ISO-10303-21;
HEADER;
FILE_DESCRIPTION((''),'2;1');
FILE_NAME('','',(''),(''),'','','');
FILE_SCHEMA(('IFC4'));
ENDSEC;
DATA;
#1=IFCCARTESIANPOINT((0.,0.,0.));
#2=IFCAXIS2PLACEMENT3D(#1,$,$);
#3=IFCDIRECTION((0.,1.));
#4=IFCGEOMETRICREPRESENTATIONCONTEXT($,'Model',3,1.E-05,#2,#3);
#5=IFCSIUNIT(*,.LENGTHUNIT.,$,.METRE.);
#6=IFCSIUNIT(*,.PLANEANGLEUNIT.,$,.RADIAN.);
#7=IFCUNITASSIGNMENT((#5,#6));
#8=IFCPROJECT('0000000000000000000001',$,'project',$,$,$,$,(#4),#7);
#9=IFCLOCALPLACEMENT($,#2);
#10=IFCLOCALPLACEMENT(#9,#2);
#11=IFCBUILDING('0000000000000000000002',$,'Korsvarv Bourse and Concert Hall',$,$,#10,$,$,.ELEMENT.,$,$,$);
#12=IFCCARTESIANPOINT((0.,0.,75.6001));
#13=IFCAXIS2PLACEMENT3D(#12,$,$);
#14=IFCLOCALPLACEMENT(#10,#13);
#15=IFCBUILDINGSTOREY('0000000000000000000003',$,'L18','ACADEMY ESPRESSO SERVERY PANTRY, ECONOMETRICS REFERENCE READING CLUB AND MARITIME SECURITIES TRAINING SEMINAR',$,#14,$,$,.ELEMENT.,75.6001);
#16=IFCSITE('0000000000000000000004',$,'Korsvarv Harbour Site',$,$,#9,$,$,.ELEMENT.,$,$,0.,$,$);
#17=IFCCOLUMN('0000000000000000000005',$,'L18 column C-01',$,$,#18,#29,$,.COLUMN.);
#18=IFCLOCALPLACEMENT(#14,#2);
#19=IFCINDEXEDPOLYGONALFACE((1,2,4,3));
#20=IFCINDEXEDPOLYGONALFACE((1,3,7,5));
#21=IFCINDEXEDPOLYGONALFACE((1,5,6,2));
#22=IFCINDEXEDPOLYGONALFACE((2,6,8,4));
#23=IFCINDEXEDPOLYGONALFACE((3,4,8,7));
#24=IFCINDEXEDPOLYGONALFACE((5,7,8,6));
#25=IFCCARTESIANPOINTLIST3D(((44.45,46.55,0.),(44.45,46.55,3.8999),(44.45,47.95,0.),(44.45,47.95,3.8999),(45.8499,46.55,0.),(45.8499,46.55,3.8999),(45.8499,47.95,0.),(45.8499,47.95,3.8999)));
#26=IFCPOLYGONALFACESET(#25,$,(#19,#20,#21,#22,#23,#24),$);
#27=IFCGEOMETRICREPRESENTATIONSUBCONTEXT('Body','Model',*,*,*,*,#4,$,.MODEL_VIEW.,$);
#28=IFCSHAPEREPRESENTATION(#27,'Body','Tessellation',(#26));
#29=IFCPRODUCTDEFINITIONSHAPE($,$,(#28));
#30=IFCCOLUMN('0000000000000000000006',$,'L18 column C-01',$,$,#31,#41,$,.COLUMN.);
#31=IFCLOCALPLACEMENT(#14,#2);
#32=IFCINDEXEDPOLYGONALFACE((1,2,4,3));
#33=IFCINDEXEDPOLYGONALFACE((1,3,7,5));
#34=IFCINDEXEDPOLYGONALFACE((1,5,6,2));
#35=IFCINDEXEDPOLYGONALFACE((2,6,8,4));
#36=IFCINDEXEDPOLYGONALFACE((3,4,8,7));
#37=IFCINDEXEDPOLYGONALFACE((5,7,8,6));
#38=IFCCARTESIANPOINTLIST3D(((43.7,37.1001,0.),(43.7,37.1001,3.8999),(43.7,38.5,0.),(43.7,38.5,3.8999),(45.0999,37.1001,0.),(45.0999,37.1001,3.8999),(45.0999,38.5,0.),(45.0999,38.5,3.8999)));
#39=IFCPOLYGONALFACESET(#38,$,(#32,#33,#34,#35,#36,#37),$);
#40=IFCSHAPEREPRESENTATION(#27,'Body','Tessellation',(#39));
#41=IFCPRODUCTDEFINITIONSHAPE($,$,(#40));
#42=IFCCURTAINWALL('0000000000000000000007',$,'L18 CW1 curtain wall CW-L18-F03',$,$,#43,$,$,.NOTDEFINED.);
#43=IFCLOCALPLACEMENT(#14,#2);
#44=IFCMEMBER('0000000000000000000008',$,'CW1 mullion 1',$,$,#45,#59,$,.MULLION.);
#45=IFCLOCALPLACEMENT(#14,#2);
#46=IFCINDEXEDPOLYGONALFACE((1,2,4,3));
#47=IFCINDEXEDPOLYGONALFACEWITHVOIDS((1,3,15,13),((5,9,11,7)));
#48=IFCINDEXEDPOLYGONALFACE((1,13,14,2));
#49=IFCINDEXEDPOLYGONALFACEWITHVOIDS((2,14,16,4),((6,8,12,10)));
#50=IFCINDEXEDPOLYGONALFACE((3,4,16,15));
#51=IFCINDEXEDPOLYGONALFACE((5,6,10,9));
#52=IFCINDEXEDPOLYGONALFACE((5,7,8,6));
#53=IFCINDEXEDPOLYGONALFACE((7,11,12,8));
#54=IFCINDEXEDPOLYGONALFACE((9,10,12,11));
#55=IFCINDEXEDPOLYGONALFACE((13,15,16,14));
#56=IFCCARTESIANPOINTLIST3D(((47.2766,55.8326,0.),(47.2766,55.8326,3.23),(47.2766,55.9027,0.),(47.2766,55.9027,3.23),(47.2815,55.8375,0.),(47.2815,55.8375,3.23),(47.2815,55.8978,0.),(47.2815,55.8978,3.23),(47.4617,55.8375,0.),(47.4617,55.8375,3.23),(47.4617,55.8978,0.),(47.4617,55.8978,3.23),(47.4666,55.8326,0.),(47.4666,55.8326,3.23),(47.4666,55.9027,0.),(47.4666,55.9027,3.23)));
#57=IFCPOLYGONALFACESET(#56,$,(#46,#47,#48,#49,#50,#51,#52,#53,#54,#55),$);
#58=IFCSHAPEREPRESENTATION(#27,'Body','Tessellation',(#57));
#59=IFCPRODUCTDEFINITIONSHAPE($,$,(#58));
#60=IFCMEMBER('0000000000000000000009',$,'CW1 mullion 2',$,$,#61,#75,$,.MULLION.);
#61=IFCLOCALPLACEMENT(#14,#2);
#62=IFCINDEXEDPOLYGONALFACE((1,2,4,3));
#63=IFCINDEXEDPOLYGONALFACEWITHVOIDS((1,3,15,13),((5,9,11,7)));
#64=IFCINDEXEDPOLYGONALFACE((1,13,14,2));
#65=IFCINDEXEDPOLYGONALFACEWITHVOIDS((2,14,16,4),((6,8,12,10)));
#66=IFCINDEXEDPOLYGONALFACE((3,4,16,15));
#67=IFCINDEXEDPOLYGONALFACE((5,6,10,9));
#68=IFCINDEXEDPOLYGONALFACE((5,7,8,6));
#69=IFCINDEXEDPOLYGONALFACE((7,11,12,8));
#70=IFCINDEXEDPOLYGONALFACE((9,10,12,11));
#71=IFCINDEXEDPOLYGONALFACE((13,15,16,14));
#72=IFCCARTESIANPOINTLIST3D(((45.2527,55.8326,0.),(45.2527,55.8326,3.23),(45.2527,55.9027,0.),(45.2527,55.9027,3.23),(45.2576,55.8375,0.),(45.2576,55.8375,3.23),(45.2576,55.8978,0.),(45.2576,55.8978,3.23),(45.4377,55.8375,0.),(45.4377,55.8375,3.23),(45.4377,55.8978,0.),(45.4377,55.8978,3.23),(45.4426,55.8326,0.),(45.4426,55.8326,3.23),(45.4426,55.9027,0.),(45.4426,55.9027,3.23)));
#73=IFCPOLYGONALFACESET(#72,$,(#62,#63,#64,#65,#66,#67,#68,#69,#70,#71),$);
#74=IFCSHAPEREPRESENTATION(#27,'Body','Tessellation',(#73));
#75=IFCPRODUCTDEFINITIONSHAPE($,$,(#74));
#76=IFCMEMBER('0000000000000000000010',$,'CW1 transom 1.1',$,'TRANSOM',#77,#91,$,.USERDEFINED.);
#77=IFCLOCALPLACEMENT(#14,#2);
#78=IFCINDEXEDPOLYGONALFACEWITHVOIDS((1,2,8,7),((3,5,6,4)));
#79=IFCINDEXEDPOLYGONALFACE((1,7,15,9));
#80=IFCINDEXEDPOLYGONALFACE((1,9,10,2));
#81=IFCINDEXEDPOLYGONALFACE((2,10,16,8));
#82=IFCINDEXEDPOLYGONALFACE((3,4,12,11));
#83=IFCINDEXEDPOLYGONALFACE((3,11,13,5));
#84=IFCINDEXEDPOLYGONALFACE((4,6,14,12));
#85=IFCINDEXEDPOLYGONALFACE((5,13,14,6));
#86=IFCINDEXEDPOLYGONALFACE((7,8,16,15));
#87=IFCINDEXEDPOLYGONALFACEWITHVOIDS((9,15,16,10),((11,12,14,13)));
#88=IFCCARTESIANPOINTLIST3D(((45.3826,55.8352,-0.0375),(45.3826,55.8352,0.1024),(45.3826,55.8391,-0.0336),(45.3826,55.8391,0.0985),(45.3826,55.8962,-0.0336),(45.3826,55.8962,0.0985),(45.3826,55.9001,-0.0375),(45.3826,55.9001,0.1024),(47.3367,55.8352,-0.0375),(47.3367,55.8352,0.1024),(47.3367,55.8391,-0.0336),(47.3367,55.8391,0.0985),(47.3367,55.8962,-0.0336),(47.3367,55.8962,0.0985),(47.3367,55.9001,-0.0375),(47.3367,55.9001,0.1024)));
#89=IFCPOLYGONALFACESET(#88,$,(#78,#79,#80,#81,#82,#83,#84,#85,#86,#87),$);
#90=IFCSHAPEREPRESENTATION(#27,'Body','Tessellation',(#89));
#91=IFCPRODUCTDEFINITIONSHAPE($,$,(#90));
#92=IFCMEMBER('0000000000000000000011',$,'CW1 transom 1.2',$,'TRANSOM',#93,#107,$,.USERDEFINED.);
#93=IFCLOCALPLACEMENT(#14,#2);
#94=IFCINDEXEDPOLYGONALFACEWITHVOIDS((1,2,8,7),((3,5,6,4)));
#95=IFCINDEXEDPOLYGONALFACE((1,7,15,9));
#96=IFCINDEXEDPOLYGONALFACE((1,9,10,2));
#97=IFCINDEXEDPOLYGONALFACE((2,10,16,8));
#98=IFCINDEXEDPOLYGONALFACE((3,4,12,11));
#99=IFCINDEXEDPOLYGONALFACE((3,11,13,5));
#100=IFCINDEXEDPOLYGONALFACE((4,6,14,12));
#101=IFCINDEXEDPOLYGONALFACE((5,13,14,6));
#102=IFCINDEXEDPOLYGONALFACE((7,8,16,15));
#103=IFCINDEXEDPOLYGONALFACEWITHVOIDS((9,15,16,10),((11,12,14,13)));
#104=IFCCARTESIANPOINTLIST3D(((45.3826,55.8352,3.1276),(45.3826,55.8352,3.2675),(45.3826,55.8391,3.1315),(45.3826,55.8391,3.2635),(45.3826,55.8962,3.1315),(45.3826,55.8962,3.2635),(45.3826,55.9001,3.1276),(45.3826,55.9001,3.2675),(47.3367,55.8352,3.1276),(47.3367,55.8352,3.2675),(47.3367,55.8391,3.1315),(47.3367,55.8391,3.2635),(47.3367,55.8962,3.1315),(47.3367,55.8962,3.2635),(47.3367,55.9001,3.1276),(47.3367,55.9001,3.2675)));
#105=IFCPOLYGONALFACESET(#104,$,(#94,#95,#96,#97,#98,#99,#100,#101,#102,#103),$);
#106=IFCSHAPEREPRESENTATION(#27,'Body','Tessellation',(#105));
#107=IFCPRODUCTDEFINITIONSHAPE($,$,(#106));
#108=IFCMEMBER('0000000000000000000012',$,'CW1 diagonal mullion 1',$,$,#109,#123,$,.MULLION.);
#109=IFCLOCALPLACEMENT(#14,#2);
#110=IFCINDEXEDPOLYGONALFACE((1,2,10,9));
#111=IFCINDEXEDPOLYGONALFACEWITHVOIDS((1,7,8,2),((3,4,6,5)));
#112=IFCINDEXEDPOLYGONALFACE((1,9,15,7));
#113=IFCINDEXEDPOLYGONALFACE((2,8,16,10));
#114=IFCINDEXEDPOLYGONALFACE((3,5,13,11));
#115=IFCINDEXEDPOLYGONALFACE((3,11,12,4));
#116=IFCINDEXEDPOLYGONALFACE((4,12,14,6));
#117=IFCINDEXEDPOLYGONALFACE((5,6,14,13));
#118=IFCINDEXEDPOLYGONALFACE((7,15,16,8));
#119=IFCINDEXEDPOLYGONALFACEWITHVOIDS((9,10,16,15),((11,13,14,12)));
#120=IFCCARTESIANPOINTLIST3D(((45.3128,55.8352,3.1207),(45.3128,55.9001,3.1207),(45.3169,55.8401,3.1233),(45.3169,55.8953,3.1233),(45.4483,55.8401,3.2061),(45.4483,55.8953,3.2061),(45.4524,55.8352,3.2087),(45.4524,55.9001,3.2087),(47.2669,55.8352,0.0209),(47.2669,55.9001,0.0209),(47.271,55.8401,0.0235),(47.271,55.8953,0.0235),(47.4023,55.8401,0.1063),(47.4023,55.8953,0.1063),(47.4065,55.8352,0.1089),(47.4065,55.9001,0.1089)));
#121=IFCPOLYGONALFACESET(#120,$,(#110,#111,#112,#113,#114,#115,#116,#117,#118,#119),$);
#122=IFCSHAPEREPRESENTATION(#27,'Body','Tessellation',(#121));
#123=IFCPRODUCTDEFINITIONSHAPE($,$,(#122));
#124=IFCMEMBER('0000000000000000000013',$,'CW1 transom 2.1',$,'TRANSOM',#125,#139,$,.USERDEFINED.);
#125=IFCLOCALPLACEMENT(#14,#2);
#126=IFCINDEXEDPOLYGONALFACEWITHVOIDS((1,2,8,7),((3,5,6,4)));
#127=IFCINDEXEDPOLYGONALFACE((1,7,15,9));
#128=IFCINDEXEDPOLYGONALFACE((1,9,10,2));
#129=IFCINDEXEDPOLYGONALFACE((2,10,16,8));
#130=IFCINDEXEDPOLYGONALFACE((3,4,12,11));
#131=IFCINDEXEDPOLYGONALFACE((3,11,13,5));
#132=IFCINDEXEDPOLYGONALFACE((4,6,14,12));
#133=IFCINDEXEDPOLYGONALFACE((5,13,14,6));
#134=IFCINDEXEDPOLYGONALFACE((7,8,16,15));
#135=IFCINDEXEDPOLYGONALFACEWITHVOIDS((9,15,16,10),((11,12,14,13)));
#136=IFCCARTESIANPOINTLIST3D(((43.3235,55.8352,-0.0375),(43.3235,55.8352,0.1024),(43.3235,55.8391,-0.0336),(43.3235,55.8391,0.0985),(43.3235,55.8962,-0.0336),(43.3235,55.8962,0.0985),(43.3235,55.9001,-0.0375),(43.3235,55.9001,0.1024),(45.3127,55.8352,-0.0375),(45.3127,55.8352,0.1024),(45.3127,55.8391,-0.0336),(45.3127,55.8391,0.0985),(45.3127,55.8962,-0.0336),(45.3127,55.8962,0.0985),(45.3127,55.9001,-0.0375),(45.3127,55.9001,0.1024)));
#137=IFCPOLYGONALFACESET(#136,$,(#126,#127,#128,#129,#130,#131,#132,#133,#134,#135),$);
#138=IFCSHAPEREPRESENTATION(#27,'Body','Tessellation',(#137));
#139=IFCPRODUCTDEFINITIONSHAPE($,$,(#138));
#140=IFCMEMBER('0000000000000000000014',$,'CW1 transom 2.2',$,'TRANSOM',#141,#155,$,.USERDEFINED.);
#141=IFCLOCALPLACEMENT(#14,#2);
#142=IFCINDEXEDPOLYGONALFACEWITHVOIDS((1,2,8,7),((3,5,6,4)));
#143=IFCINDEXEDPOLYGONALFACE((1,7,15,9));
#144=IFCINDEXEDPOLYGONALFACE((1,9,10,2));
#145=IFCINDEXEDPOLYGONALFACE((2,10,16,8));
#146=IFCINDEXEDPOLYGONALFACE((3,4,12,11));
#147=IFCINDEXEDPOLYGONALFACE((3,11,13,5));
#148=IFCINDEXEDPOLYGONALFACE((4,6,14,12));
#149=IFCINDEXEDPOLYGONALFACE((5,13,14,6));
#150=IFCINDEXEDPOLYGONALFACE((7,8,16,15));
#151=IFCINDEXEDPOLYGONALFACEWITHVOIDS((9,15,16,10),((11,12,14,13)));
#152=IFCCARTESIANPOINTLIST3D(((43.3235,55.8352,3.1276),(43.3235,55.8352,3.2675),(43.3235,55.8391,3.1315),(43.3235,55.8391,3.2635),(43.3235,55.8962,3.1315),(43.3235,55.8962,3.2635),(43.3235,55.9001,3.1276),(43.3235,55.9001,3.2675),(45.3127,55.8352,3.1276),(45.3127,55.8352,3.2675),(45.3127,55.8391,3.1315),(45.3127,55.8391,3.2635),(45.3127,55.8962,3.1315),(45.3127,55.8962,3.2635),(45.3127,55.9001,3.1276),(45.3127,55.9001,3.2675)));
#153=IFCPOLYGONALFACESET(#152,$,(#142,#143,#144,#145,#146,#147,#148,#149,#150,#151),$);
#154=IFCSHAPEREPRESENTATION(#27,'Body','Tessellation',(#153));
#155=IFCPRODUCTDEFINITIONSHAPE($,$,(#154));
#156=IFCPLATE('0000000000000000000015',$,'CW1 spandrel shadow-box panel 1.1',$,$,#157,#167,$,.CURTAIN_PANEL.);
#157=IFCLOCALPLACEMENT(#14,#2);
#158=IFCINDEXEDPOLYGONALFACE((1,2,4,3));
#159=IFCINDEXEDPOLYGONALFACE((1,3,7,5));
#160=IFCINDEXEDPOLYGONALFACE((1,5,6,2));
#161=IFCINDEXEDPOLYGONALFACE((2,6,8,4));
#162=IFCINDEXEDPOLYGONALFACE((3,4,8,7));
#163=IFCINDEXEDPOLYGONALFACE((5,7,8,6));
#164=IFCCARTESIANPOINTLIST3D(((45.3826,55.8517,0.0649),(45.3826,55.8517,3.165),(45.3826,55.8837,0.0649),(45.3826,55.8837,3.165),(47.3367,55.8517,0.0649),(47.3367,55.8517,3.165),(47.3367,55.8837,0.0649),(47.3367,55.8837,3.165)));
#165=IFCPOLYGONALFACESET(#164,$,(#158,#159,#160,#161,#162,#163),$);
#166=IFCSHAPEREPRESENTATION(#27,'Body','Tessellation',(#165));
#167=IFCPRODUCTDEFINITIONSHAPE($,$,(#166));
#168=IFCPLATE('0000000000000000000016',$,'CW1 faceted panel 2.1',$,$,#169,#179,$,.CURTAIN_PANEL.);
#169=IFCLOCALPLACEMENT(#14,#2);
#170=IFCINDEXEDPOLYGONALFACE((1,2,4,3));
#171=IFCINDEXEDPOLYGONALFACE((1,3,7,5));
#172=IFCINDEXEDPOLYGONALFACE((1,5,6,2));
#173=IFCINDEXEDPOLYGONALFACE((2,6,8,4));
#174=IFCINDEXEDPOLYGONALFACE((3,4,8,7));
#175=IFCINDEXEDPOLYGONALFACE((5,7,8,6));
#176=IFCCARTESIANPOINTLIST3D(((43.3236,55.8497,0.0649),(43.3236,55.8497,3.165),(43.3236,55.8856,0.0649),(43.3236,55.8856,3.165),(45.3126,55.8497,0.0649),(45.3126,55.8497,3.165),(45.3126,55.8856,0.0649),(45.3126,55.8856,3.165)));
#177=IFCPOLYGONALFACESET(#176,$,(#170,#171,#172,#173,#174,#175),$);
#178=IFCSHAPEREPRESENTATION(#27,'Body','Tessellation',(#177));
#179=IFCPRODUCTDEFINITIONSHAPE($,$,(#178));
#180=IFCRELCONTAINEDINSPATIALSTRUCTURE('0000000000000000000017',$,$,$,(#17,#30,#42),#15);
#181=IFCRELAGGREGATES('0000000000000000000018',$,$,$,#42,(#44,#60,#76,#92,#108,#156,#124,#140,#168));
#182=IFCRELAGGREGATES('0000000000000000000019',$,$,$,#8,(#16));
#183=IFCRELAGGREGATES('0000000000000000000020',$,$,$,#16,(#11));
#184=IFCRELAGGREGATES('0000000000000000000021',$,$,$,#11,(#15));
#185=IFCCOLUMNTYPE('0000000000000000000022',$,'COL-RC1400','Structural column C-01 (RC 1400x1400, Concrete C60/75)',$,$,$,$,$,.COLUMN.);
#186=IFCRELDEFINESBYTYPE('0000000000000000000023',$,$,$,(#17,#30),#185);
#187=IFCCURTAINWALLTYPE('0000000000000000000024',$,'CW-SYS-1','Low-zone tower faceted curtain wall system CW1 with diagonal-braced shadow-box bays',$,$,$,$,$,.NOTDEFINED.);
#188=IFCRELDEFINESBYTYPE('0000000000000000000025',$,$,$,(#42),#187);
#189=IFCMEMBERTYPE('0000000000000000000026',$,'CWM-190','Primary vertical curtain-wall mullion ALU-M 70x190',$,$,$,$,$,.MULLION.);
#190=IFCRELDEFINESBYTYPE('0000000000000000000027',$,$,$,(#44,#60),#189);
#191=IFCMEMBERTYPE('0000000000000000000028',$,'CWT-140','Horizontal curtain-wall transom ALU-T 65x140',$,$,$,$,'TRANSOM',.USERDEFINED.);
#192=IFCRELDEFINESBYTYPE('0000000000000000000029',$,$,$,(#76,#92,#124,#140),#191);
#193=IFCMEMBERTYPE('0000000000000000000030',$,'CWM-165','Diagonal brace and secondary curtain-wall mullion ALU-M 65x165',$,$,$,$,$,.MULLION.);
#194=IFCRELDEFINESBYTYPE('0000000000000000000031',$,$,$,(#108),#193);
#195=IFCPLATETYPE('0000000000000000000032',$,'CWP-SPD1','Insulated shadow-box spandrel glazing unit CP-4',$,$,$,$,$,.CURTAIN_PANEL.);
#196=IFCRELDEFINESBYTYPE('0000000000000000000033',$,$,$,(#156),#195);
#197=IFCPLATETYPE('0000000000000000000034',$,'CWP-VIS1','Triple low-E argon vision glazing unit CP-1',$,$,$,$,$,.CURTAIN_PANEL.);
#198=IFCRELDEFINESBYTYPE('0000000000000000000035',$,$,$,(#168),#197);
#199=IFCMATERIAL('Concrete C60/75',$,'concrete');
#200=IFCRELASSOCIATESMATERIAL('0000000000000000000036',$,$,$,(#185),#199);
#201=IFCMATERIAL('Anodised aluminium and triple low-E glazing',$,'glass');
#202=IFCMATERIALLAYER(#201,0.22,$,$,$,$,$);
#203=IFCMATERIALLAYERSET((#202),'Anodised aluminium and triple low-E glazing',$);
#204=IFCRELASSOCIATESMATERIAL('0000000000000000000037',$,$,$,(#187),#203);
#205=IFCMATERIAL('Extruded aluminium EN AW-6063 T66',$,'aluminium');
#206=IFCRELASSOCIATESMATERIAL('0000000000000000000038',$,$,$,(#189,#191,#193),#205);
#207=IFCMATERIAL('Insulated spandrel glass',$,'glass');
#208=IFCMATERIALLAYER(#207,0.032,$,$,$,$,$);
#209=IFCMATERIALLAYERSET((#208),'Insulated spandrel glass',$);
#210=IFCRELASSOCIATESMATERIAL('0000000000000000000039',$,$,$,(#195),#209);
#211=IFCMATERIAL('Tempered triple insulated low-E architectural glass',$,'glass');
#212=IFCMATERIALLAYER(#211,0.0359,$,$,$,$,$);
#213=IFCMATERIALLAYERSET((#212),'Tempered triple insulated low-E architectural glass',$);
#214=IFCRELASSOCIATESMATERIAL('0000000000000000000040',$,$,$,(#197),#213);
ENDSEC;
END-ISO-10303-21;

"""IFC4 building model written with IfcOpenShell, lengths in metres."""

from ifc_helpers import new_model, si_unit, direction, frame, origin, origin_2d, place, context, subcontext, project, spatial, rectangle, hollow_rectangle, extrude, source, transform, mapped, material, layer, layer_set, material_profile, profile_set, type_object, element, aggregate, save


model = new_model("IFC4")

# Units and contexts
model_context = context("Model", 3, precision=1e-05, world=origin(), true_north=direction((0.0, 1.0)))
body_context = subcontext(model_context, "Body", "Model", "MODEL_VIEW")
ifc_project = project(units=[si_unit("LENGTHUNIT", "METRE"), si_unit("PLANEANGLEUNIT", "RADIAN")], contexts=[model_context])

# Site, building, storey
site_placement = place(None, origin())
site = spatial("IfcSite", under=ifc_project, at=site_placement, Name="Korsvarv Harbour Site", CompositionType="ELEMENT", RefElevation=0.0)
building_placement = place(site_placement, origin())
building = spatial("IfcBuilding", under=site, at=building_placement, Name="Korsvarv Bourse and Concert Hall", CompositionType="ELEMENT")
storey_placement = place(building_placement, frame((0.0, 0.0, 75.6001)))
storey = spatial("IfcBuildingStorey", under=building, at=storey_placement, Name="L18", Description="ACADEMY ESPRESSO SERVERY PANTRY, ECONOMETRICS REFERENCE READING CLUB AND MARITIME SECURITIES TRAINING SEMINAR", CompositionType="ELEMENT", Elevation=75.6001)

# Columns
ifc_material_1 = material(Name="Concrete C60/75", Category="concrete")
ifc_material_profile_1 = material_profile(ifc_material_1, rectangle(XDim=1.3999, YDim=1.3999, at=origin_2d()), Name="RC 1400x1400")
ifc_profile_set_1 = profile_set([ifc_material_profile_1], Name="Concrete C60/75")
column_type = type_object("IfcColumnType", Name="COL-RC1400", Description="Structural column C-01 (RC 1400x1400, Concrete C60/75)", PredefinedType="COLUMN", material=ifc_profile_set_1)
shared_shape_1 = source(origin(), body_context, "Body", "SweptSolid", [
    extrude(rectangle(XDim=1.3999, YDim=1.3999, at=origin_2d()), origin(), (0.0, 0.0, 1.0), 3.8999),
])
for number, where, z_axis, x_axis, name in (
    (1, (45.1499, 47.25, 0.0), (0.0, 0.0, 1.0), (1.0, 0.0, 0.0), "L18 column C-01"),
    (2, (44.3999, 37.8, 0.0), (0.0, 0.0, 1.0), (1.0, 0.0, 0.0), "L18 column C-01"),
):
    element("IfcColumn", number, at=place(storey_placement, frame(where, z_axis=z_axis, x_axis=x_axis)), inside=storey, type_object=column_type, Name=name, PredefinedType="COLUMN", context=body_context, shape_type="MappedRepresentation", body=[
        mapped(shared_shape_1, transform((0.0, 0.0, 0.0), scale=1.0)),
    ])

# Curtain wall, members, plates
ifc_material_2 = material(Name="Anodised aluminium and triple low-E glazing", Category="glass")
ifc_layer_1 = layer(ifc_material_2, 0.22)
ifc_layer_set_1 = layer_set([ifc_layer_1], Name="Anodised aluminium and triple low-E glazing")
curtain_wall_type = type_object("IfcCurtainWallType", Name="CW-SYS-1", Description="Low-zone tower faceted curtain wall system CW1 with diagonal-braced shadow-box bays", PredefinedType="NOTDEFINED", material=ifc_layer_set_1)
curtain_wall_placement = place(storey_placement, origin())
curtain_wall = element("IfcCurtainWall", 3, at=curtain_wall_placement, inside=storey, type_object=curtain_wall_type, Name="L18 CW1 curtain wall CW-L18-F03", PredefinedType="NOTDEFINED")
ifc_material_3 = material(Name="Extruded aluminium EN AW-6063 T66", Category="aluminium")
ifc_material_profile_2 = material_profile(ifc_material_3, hollow_rectangle(XDim=0.0701, YDim=0.1899, WallThickness=0.0049, at=origin_2d()), Name="ALU-M 70x190")
ifc_profile_set_2 = profile_set([ifc_material_profile_2], Name="Extruded aluminium EN AW-6063 T66")
member_type_1 = type_object("IfcMemberType", Name="CWM-190", Description="Primary vertical curtain-wall mullion ALU-M 70x190", PredefinedType="MULLION", material=ifc_profile_set_2)
shared_shape_2 = source(origin(), body_context, "Body", "SweptSolid", [
    extrude(hollow_rectangle(XDim=0.0701, YDim=0.1899, WallThickness=0.0049, at=origin_2d()), origin(), (0.0, 0.0, 1.0), 3.23),
])
member_1_placement = place(storey_placement, frame((47.3716, 55.8677, 0.0), z_axis=(0.0, 0.0, 1.0), x_axis=(0.0, -1.0, 0.0)))
member_1 = element("IfcMember", 4, at=member_1_placement, type_object=member_type_1, Name="CW1 mullion 1", PredefinedType="MULLION", context=body_context, shape_type="MappedRepresentation", body=[
    mapped(shared_shape_2, transform((0.0, 0.0, 0.0), scale=1.0)),
])
member_2_placement = place(storey_placement, frame((45.3477, 55.8677, 0.0), z_axis=(0.0, 0.0, 1.0), x_axis=(0.0, -1.0, 0.0)))
member_2 = element("IfcMember", 5, at=member_2_placement, type_object=member_type_1, Name="CW1 mullion 2", PredefinedType="MULLION", context=body_context, shape_type="MappedRepresentation", body=[
    mapped(shared_shape_2, transform((0.0, 0.0, 0.0), scale=1.0)),
])
ifc_material_profile_3 = material_profile(ifc_material_3, hollow_rectangle(XDim=0.0649, YDim=0.1399, WallThickness=0.0039, at=origin_2d()), Name="ALU-T 65x140")
ifc_profile_set_3 = profile_set([ifc_material_profile_3], Name="Extruded aluminium EN AW-6063 T66")
member_type_2 = type_object("IfcMemberType", Name="CWT-140", Description="Horizontal curtain-wall transom ALU-T 65x140", ElementType="TRANSOM", PredefinedType="USERDEFINED", material=ifc_profile_set_3)
shared_shape_3 = source(origin(), body_context, "Body", "SweptSolid", [
    extrude(hollow_rectangle(XDim=0.0649, YDim=0.1399, WallThickness=0.0039, at=origin_2d()), origin(), (0.0, 0.0, 1.0), 1.9541),
])
member_3_placement = place(storey_placement, frame((47.3367, 55.8677, 0.0325), z_axis=(-1.0, 0.0, 0.0), x_axis=(0.0, -1.0, 0.0)))
member_3 = element("IfcMember", 6, at=member_3_placement, type_object=member_type_2, Name="CW1 transom 1.1", ObjectType="TRANSOM", PredefinedType="USERDEFINED", context=body_context, shape_type="MappedRepresentation", body=[
    mapped(shared_shape_3, transform((0.0, 0.0, 0.0), scale=1.0)),
])
member_4_placement = place(storey_placement, frame((47.3367, 55.8677, 3.1975), z_axis=(-1.0, 0.0, 0.0), x_axis=(0.0, -1.0, 0.0)))
member_4 = element("IfcMember", 7, at=member_4_placement, type_object=member_type_2, Name="CW1 transom 1.2", ObjectType="TRANSOM", PredefinedType="USERDEFINED", context=body_context, shape_type="MappedRepresentation", body=[
    mapped(shared_shape_3, transform((0.0, 0.0, 0.0), scale=1.0)),
])
ifc_material_profile_4 = material_profile(ifc_material_3, hollow_rectangle(XDim=0.0649, YDim=0.165, WallThickness=0.0049, at=origin_2d()), Name="ALU-M 65x165")
ifc_profile_set_4 = profile_set([ifc_material_profile_4], Name="Extruded aluminium EN AW-6063 T66")
member_type_3 = type_object("IfcMemberType", Name="CWM-165", Description="Diagonal brace and secondary curtain-wall mullion ALU-M 65x165", PredefinedType="MULLION", material=ifc_profile_set_4)
shared_shape_4 = source(origin(), body_context, "Body", "SweptSolid", [
    extrude(hollow_rectangle(XDim=0.0649, YDim=0.165, WallThickness=0.0049, at=origin_2d()), origin(), (0.0, 0.0, 1.0), 3.6643),
])
member_5_placement = place(storey_placement, frame((47.3367, 55.8677, 0.0649), z_axis=(-0.533271, 0.0, 0.845945), x_axis=(0.0, -1.0, 0.0)))
member_5 = element("IfcMember", 8, at=member_5_placement, type_object=member_type_3, Name="CW1 diagonal mullion 1", PredefinedType="MULLION", context=body_context, shape_type="MappedRepresentation", body=[
    mapped(shared_shape_4, transform((0.0, 0.0, 0.0), scale=1.0)),
])
shared_shape_5 = source(origin(), body_context, "Body", "SweptSolid", [
    extrude(hollow_rectangle(XDim=0.0649, YDim=0.1399, WallThickness=0.0039, at=origin_2d()), origin(), (0.0, 0.0, 1.0), 1.9893),
])
member_6_placement = place(storey_placement, frame((45.3127, 55.8677, 0.0325), z_axis=(-1.0, 0.0, 0.0), x_axis=(0.0, -1.0, 0.0)))
member_6 = element("IfcMember", 9, at=member_6_placement, type_object=member_type_2, Name="CW1 transom 2.1", ObjectType="TRANSOM", PredefinedType="USERDEFINED", context=body_context, shape_type="MappedRepresentation", body=[
    mapped(shared_shape_5, transform((0.0, 0.0, 0.0), scale=1.0)),
])
member_7_placement = place(storey_placement, frame((45.3127, 55.8677, 3.1975), z_axis=(-1.0, 0.0, 0.0), x_axis=(0.0, -1.0, 0.0)))
member_7 = element("IfcMember", 10, at=member_7_placement, type_object=member_type_2, Name="CW1 transom 2.2", ObjectType="TRANSOM", PredefinedType="USERDEFINED", context=body_context, shape_type="MappedRepresentation", body=[
    mapped(shared_shape_5, transform((0.0, 0.0, 0.0), scale=1.0)),
])
ifc_material_4 = material(Name="Insulated spandrel glass", Category="glass")
ifc_layer_2 = layer(ifc_material_4, 0.032)
ifc_layer_set_2 = layer_set([ifc_layer_2], Name="Insulated spandrel glass")
plate_type_1 = type_object("IfcPlateType", Name="CWP-SPD1", Description="Insulated shadow-box spandrel glazing unit CP-4", PredefinedType="CURTAIN_PANEL", material=ifc_layer_set_2)
shared_shape_6 = source(origin(), body_context, "Body", "SweptSolid", [
    extrude(rectangle(XDim=1.9541, YDim=0.032, at=origin_2d()), origin(), (0.0, 0.0, 1.0), 3.1001),
])
plate_1_placement = place(storey_placement, frame((46.3596, 55.8677, 0.0649), z_axis=(0.0, 0.0, 1.0), x_axis=(-1.0, 0.0, 0.0)))
plate_1 = element("IfcPlate", 11, at=plate_1_placement, type_object=plate_type_1, Name="CW1 spandrel shadow-box panel 1.1", PredefinedType="CURTAIN_PANEL", context=body_context, shape_type="MappedRepresentation", body=[
    mapped(shared_shape_6, transform((0.0, 0.0, 0.0), scale=1.0)),
])
ifc_material_5 = material(Name="Tempered triple insulated low-E architectural glass", Category="glass")
ifc_layer_3 = layer(ifc_material_5, 0.0359)
ifc_layer_set_3 = layer_set([ifc_layer_3], Name="Tempered triple insulated low-E architectural glass")
plate_type_2 = type_object("IfcPlateType", Name="CWP-VIS1", Description="Triple low-E argon vision glazing unit CP-1", PredefinedType="CURTAIN_PANEL", material=ifc_layer_set_3)
shared_shape_7 = source(origin(), body_context, "Body", "SweptSolid", [
    extrude(rectangle(XDim=1.989, YDim=0.0359, at=origin_2d()), origin(), (0.0, 0.0, 1.0), 3.1001),
])
plate_2_placement = place(storey_placement, frame((44.3181, 55.8677, 0.0649), z_axis=(0.0, 0.0, 1.0), x_axis=(-1.0, 0.0, 0.0)))
plate_2 = element("IfcPlate", 12, at=plate_2_placement, type_object=plate_type_2, Name="CW1 faceted panel 2.1", PredefinedType="CURTAIN_PANEL", context=body_context, shape_type="MappedRepresentation", body=[
    mapped(shared_shape_7, transform((0.0, 0.0, 0.0), scale=1.0)),
])
aggregate(curtain_wall, [member_1, member_2, member_3, member_4, member_5, plate_1, member_6, member_7, plate_2])

save(model, "model.ifc")
